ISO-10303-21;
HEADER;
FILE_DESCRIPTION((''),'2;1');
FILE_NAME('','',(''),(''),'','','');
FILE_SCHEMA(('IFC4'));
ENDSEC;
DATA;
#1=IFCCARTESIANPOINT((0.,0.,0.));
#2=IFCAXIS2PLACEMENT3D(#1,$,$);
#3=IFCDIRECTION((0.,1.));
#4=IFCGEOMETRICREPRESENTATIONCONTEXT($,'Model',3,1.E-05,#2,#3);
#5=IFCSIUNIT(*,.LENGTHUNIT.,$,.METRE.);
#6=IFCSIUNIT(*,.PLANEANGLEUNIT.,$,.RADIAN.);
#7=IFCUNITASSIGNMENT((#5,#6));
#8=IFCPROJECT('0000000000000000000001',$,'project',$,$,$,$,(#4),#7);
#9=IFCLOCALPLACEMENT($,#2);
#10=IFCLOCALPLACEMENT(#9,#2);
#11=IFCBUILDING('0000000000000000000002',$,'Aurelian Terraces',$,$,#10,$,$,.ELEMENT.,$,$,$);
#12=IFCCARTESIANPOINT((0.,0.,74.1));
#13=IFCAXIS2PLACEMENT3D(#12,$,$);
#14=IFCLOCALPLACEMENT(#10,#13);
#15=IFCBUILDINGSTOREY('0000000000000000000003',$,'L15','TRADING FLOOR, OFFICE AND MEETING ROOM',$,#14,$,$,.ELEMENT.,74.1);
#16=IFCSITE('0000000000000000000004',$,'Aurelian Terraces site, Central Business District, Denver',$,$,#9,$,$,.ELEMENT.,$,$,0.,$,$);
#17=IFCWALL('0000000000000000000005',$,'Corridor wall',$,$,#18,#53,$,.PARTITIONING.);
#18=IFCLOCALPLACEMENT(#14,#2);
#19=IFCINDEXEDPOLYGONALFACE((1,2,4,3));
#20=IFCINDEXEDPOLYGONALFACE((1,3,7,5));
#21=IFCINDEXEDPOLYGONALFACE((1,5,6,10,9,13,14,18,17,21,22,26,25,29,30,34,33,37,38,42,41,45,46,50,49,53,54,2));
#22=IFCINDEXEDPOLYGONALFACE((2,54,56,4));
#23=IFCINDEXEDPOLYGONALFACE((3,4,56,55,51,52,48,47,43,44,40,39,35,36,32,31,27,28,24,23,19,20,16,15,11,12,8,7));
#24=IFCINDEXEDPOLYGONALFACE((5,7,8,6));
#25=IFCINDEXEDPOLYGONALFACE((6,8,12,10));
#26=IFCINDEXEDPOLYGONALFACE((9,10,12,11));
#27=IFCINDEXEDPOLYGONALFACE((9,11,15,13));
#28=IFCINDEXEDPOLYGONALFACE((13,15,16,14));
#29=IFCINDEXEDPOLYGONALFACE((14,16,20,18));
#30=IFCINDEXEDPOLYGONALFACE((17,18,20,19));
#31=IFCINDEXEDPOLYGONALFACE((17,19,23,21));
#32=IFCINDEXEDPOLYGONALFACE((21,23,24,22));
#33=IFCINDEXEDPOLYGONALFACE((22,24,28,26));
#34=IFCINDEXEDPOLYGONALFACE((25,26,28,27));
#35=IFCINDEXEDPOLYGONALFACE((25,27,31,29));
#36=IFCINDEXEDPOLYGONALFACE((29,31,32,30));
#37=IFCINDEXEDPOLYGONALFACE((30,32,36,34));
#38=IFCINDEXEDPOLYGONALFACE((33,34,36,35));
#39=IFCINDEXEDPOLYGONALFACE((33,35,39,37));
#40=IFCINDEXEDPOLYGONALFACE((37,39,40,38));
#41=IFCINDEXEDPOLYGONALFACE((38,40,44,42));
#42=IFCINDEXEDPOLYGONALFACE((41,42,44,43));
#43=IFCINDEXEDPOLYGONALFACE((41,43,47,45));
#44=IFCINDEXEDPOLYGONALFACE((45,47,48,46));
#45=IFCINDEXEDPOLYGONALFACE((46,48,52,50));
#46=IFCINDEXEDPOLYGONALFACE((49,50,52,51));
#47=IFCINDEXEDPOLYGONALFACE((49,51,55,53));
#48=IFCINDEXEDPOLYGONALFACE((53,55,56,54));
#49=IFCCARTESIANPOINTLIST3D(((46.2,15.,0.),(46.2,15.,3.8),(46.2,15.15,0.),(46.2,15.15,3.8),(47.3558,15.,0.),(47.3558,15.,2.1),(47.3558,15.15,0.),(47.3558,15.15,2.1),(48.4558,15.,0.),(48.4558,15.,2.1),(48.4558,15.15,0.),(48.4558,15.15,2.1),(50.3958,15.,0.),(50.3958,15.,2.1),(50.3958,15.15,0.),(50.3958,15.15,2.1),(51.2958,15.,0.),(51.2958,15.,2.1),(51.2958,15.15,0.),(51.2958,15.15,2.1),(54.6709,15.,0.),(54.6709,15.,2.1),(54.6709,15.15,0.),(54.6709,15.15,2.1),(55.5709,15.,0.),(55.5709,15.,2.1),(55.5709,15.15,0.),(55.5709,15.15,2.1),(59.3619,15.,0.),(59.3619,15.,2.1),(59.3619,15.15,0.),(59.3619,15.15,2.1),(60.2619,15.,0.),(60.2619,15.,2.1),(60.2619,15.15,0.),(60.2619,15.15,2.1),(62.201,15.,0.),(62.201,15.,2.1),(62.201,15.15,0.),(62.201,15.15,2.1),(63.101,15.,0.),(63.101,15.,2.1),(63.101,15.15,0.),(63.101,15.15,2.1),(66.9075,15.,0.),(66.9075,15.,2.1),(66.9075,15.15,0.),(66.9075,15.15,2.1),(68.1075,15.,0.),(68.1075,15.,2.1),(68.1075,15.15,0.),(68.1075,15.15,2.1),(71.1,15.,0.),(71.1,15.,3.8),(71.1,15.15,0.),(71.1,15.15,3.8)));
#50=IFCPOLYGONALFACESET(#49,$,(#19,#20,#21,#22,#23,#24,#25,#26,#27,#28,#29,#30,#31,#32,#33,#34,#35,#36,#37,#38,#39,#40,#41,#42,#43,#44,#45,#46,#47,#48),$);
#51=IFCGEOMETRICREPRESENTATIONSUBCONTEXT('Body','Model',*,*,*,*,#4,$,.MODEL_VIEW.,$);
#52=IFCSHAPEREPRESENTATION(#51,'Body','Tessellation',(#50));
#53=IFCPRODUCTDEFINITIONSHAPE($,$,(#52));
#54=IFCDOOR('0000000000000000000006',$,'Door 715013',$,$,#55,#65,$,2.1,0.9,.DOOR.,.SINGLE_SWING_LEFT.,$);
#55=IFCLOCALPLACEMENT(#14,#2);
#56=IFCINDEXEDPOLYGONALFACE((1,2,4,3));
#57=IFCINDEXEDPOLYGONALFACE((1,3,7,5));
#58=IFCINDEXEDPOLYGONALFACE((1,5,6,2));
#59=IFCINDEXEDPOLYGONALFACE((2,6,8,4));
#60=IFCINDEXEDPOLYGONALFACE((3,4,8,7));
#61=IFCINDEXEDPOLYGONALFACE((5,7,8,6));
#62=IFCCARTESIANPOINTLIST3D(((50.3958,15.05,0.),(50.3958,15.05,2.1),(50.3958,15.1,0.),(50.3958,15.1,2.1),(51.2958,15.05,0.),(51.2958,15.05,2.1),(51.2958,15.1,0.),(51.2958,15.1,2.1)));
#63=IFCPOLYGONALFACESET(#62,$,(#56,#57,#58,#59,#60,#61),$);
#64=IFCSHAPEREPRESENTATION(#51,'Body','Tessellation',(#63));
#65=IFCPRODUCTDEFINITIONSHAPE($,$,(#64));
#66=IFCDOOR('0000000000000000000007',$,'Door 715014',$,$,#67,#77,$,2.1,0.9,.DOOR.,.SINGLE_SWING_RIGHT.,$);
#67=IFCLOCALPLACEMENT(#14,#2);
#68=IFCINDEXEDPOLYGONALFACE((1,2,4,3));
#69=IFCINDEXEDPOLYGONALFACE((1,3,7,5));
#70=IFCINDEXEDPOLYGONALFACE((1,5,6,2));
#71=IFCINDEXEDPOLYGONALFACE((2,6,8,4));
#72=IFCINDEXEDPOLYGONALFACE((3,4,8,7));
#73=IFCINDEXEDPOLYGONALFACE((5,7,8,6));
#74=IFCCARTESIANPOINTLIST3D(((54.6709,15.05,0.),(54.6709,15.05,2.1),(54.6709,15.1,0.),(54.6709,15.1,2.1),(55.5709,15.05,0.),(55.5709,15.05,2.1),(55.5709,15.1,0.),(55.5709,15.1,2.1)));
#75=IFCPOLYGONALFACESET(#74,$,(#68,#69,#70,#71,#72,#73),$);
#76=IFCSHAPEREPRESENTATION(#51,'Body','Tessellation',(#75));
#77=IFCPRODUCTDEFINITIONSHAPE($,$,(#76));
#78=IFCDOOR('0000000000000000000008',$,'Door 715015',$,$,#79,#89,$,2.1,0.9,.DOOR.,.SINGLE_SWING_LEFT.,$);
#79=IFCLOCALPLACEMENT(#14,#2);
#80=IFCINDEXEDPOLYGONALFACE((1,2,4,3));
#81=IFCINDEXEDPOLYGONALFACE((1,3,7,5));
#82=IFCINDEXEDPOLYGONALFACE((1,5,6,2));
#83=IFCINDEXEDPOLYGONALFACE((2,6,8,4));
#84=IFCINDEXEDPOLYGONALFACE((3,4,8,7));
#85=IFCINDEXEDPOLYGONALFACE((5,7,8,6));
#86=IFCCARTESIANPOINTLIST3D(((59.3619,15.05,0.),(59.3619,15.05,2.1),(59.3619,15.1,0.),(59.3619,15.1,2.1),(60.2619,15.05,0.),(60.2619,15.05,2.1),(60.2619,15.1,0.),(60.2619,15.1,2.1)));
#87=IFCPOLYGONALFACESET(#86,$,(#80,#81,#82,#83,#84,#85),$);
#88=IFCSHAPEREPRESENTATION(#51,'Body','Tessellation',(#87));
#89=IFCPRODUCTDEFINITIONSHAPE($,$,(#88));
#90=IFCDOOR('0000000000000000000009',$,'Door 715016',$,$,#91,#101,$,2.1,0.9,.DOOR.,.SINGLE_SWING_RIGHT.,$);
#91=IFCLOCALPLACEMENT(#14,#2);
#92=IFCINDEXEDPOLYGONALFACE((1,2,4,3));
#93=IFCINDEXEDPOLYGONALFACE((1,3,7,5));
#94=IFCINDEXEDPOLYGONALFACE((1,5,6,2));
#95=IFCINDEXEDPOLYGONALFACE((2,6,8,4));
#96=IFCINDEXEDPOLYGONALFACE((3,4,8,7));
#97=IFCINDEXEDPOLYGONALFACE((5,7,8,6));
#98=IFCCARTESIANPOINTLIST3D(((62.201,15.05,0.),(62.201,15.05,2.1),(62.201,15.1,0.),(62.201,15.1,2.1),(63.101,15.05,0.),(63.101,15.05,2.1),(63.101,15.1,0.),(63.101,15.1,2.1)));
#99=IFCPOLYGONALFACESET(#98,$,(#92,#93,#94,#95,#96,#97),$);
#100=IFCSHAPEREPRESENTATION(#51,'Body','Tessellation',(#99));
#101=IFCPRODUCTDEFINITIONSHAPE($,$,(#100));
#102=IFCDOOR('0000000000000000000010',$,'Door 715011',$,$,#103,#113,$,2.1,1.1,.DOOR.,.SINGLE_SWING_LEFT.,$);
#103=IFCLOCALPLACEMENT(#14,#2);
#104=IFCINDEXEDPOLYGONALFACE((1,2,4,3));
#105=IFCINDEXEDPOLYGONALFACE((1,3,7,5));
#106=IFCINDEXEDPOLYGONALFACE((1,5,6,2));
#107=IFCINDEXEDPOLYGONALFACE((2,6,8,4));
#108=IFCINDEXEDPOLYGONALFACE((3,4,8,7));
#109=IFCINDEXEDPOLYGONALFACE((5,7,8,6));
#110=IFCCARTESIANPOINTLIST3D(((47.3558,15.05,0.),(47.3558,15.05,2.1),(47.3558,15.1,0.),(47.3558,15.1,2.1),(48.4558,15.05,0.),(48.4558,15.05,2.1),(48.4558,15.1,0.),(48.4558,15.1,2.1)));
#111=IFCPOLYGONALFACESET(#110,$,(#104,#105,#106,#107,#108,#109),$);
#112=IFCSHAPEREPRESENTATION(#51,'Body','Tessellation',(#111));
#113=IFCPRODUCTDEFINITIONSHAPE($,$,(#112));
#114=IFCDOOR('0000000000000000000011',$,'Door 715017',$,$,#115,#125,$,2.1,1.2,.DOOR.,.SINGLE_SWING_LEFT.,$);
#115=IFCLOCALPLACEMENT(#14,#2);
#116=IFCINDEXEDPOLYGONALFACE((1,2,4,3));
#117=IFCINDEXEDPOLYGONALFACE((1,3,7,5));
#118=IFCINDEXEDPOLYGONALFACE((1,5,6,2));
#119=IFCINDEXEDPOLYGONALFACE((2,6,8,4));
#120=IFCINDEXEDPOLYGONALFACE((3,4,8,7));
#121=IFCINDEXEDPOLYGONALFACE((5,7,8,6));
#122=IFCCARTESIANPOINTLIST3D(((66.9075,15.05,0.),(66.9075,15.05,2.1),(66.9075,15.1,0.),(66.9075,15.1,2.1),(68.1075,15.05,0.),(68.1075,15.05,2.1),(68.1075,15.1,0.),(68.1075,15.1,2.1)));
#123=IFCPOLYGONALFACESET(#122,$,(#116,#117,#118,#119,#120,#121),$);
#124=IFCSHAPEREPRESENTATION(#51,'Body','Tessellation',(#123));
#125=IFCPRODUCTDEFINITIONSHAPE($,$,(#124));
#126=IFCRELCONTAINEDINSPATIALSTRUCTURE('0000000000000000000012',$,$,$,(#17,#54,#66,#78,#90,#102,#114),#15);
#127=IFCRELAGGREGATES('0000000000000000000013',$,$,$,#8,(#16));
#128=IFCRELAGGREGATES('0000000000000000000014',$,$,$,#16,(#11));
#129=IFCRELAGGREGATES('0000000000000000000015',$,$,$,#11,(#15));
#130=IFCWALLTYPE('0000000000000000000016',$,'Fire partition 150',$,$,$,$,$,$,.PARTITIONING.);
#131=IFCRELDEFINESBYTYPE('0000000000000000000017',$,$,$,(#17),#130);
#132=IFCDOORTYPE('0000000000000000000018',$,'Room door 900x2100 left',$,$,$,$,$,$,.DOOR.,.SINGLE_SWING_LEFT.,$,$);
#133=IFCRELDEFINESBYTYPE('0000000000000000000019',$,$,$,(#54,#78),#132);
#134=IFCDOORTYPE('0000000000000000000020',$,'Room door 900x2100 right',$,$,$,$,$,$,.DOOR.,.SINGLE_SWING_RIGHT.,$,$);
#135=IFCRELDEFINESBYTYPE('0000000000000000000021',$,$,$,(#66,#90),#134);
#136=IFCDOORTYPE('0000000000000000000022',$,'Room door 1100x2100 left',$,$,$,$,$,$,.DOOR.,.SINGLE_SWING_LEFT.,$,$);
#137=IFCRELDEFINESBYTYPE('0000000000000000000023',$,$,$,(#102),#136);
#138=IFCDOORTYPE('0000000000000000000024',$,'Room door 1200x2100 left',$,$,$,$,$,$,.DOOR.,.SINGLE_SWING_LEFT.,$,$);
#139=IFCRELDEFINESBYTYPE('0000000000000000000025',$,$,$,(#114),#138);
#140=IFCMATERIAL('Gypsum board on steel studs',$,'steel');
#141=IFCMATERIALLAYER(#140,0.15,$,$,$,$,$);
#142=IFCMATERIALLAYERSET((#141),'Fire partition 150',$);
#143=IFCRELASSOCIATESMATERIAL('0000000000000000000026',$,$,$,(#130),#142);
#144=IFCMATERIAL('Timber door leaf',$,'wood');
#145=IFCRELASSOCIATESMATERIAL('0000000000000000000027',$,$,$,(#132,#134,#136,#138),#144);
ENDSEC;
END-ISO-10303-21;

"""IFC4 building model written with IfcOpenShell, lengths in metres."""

from ifc_helpers import new_model, si_unit, direction, frame, frame_2d, origin, place, context, subcontext, project, spatial, rectangle, extrude, source, transform, mapped, material, layer, layer_set, type_object, element, fill, save


model = new_model("IFC4")

# Units and contexts
model_context = context("Model", 3, precision=1e-05, world=origin(), true_north=direction((0.0, 1.0)))
body_context = subcontext(model_context, "Body", "Model", "MODEL_VIEW")
ifc_project = project(units=[si_unit("LENGTHUNIT", "METRE"), si_unit("PLANEANGLEUNIT", "RADIAN")], contexts=[model_context])

# Site, building, storey
site_placement = place(None, origin())
site = spatial("IfcSite", under=ifc_project, at=site_placement, Name="Aurelian Terraces site, Central Business District, Denver", CompositionType="ELEMENT", RefElevation=0.0)
building_placement = place(site_placement, origin())
building = spatial("IfcBuilding", under=site, at=building_placement, Name="Aurelian Terraces", CompositionType="ELEMENT")
storey_placement = place(building_placement, frame((0.0, 0.0, 74.1)))
storey = spatial("IfcBuildingStorey", under=building, at=storey_placement, Name="L15", Description="TRADING FLOOR, OFFICE AND MEETING ROOM", CompositionType="ELEMENT", Elevation=74.1)

# Shared definitions
ifc_material_1 = material(Name="Timber door leaf", Category="wood")

# Shared definitions
ifc_material_2 = material(Name="Gypsum board on steel studs", Category="steel")

# Wall, openings, doors
ifc_layer_1 = layer(ifc_material_2, 0.15)
ifc_layer_set_1 = layer_set([ifc_layer_1], Name="Fire partition 150")
wall_type_1 = type_object("IfcWallType", Name="Fire partition 150", PredefinedType="PARTITIONING", material=ifc_layer_set_1)
shared_shape_1 = source(origin(), body_context, "Body", "SweptSolid", [
    extrude(rectangle(XDim=24.9, YDim=0.15, at=frame_2d((12.45, 0.0))), origin(), (0.0, 0.0, 1.0), 3.8),
])
wall_1_placement = place(storey_placement, frame((71.1, 15.075, 0.0), z_axis=(0.0, 0.0, 1.0), x_axis=(-1.0, 0.0, 0.0)))
wall_1 = element("IfcWall", 1, at=wall_1_placement, inside=storey, type_object=wall_type_1, Name="Corridor wall", PredefinedType="PARTITIONING", context=body_context, shape_type="MappedRepresentation", body=[
    mapped(shared_shape_1, transform((0.0, 0.0, 0.0), scale=1.0)),
])
shared_shape_2 = source(origin(), body_context, "Body", "SweptSolid", [
    extrude(rectangle(XDim=1.1, YDim=2.1, at=frame_2d((0.55, 1.05))), frame((0.0, 0.085, 0.0), z_axis=(0.0, -1.0, 0.0), x_axis=(1.0, 0.0, 0.0)), (0.0, 0.0, 1.0), 0.17),
])
opening_1_placement = place(wall_1_placement, frame((22.6442, 0.0, 0.0)))
opening_1 = element("IfcOpeningElement", 2, at=opening_1_placement, cuts=wall_1, PredefinedType="OPENING", context=body_context, shape_type="MappedRepresentation", body=[
    mapped(shared_shape_2, transform((0.0, 0.0, 0.0), scale=1.0)),
])
shared_shape_3 = source(origin(), body_context, "Body", "SweptSolid", [
    extrude(rectangle(XDim=0.9, YDim=2.1, at=frame_2d((0.45, 1.05))), frame((0.0, 0.085, 0.0), z_axis=(0.0, -1.0, 0.0), x_axis=(1.0, 0.0, 0.0)), (0.0, 0.0, 1.0), 0.17),
])
opening_2_placement = place(wall_1_placement, frame((19.8042, 0.0, 0.0)))
opening_2 = element("IfcOpeningElement", 3, at=opening_2_placement, cuts=wall_1, PredefinedType="OPENING", context=body_context, shape_type="MappedRepresentation", body=[
    mapped(shared_shape_3, transform((0.0, 0.0, 0.0), scale=1.0)),
])
opening_3_placement = place(wall_1_placement, frame((15.5291, 0.0, 0.0)))
opening_3 = element("IfcOpeningElement", 4, at=opening_3_placement, cuts=wall_1, PredefinedType="OPENING", context=body_context, shape_type="MappedRepresentation", body=[
    mapped(shared_shape_3, transform((0.0, 0.0, 0.0), scale=1.0)),
])
opening_4_placement = place(wall_1_placement, frame((10.8381, 0.0, 0.0)))
opening_4 = element("IfcOpeningElement", 5, at=opening_4_placement, cuts=wall_1, PredefinedType="OPENING", context=body_context, shape_type="MappedRepresentation", body=[
    mapped(shared_shape_3, transform((0.0, 0.0, 0.0), scale=1.0)),
])
opening_5_placement = place(wall_1_placement, frame((7.999, 0.0, 0.0)))
opening_5 = element("IfcOpeningElement", 6, at=opening_5_placement, cuts=wall_1, PredefinedType="OPENING", context=body_context, shape_type="MappedRepresentation", body=[
    mapped(shared_shape_3, transform((0.0, 0.0, 0.0), scale=1.0)),
])
shared_shape_4 = source(origin(), body_context, "Body", "SweptSolid", [
    extrude(rectangle(XDim=1.2, YDim=2.1, at=frame_2d((0.6, 1.05))), frame((0.0, 0.085, 0.0), z_axis=(0.0, -1.0, 0.0), x_axis=(1.0, 0.0, 0.0)), (0.0, 0.0, 1.0), 0.17),
])
opening_6_placement = place(wall_1_placement, frame((2.9925, 0.0, 0.0)))
opening_6 = element("IfcOpeningElement", 7, at=opening_6_placement, cuts=wall_1, PredefinedType="OPENING", context=body_context, shape_type="MappedRepresentation", body=[
    mapped(shared_shape_4, transform((0.0, 0.0, 0.0), scale=1.0)),
])
door_type_1 = type_object("IfcDoorType", Name="Room door 900x2100 left", OperationType="SINGLE_SWING_LEFT", PredefinedType="DOOR", material=ifc_material_1)
shared_shape_5 = source(origin(), body_context, "Body", "SweptSolid", [
    extrude(rectangle(XDim=0.9, YDim=2.1, at=frame_2d((0.45, 1.05))), frame((0.0, 0.025, 0.0), z_axis=(0.0, -1.0, 0.0), x_axis=(1.0, 0.0, 0.0)), (0.0, 0.0, 1.0), 0.05),
])
door_1_placement = place(opening_2_placement, origin())
door_1 = element("IfcDoor", 8, at=door_1_placement, inside=storey, type_object=door_type_1, Name="Door 715013", OperationType="SINGLE_SWING_LEFT", OverallHeight=2.1, OverallWidth=0.9, PredefinedType="DOOR", context=body_context, shape_type="MappedRepresentation", body=[
    mapped(shared_shape_5, transform((0.0, 0.0, 0.0), scale=1.0)),
])
fill(opening_2, door_1)
door_type_2 = type_object("IfcDoorType", Name="Room door 900x2100 right", OperationType="SINGLE_SWING_RIGHT", PredefinedType="DOOR", material=ifc_material_1)
door_2_placement = place(opening_3_placement, origin())
door_2 = element("IfcDoor", 9, at=door_2_placement, inside=storey, type_object=door_type_2, Name="Door 715014", OperationType="SINGLE_SWING_RIGHT", OverallHeight=2.1, OverallWidth=0.9, PredefinedType="DOOR", context=body_context, shape_type="MappedRepresentation", body=[
    mapped(shared_shape_5, transform((0.0, 0.0, 0.0), scale=1.0)),
])
fill(opening_3, door_2)
door_3_placement = place(opening_4_placement, origin())
door_3 = element("IfcDoor", 10, at=door_3_placement, inside=storey, type_object=door_type_1, Name="Door 715015", OperationType="SINGLE_SWING_LEFT", OverallHeight=2.1, OverallWidth=0.9, PredefinedType="DOOR", context=body_context, shape_type="MappedRepresentation", body=[
    mapped(shared_shape_5, transform((0.0, 0.0, 0.0), scale=1.0)),
])
fill(opening_4, door_3)
door_4_placement = place(opening_5_placement, origin())
door_4 = element("IfcDoor", 11, at=door_4_placement, inside=storey, type_object=door_type_2, Name="Door 715016", OperationType="SINGLE_SWING_RIGHT", OverallHeight=2.1, OverallWidth=0.9, PredefinedType="DOOR", context=body_context, shape_type="MappedRepresentation", body=[
    mapped(shared_shape_5, transform((0.0, 0.0, 0.0), scale=1.0)),
])
fill(opening_5, door_4)
door_type_3 = type_object("IfcDoorType", Name="Room door 1100x2100 left", OperationType="SINGLE_SWING_LEFT", PredefinedType="DOOR", material=ifc_material_1)
shared_shape_6 = source(origin(), body_context, "Body", "SweptSolid", [
    extrude(rectangle(XDim=1.1, YDim=2.1, at=frame_2d((0.55, 1.05))), frame((0.0, 0.025, 0.0), z_axis=(0.0, -1.0, 0.0), x_axis=(1.0, 0.0, 0.0)), (0.0, 0.0, 1.0), 0.05),
])
door_5_placement = place(opening_1_placement, origin())
door_5 = element("IfcDoor", 12, at=door_5_placement, inside=storey, type_object=door_type_3, Name="Door 715011", OperationType="SINGLE_SWING_LEFT", OverallHeight=2.1, OverallWidth=1.1, PredefinedType="DOOR", context=body_context, shape_type="MappedRepresentation", body=[
    mapped(shared_shape_6, transform((0.0, 0.0, 0.0), scale=1.0)),
])
fill(opening_1, door_5)
door_type_4 = type_object("IfcDoorType", Name="Room door 1200x2100 left", OperationType="SINGLE_SWING_LEFT", PredefinedType="DOOR", material=ifc_material_1)
shared_shape_7 = source(origin(), body_context, "Body", "SweptSolid", [
    extrude(rectangle(XDim=1.2, YDim=2.1, at=frame_2d((0.6, 1.05))), frame((0.0, 0.025, 0.0), z_axis=(0.0, -1.0, 0.0), x_axis=(1.0, 0.0, 0.0)), (0.0, 0.0, 1.0), 0.05),
])
door_6_placement = place(opening_6_placement, origin())
door_6 = element("IfcDoor", 13, at=door_6_placement, inside=storey, type_object=door_type_4, Name="Door 715017", OperationType="SINGLE_SWING_LEFT", OverallHeight=2.1, OverallWidth=1.2, PredefinedType="DOOR", context=body_context, shape_type="MappedRepresentation", body=[
    mapped(shared_shape_7, transform((0.0, 0.0, 0.0), scale=1.0)),
])
fill(opening_6, door_6)

save(model, "model.ifc")
